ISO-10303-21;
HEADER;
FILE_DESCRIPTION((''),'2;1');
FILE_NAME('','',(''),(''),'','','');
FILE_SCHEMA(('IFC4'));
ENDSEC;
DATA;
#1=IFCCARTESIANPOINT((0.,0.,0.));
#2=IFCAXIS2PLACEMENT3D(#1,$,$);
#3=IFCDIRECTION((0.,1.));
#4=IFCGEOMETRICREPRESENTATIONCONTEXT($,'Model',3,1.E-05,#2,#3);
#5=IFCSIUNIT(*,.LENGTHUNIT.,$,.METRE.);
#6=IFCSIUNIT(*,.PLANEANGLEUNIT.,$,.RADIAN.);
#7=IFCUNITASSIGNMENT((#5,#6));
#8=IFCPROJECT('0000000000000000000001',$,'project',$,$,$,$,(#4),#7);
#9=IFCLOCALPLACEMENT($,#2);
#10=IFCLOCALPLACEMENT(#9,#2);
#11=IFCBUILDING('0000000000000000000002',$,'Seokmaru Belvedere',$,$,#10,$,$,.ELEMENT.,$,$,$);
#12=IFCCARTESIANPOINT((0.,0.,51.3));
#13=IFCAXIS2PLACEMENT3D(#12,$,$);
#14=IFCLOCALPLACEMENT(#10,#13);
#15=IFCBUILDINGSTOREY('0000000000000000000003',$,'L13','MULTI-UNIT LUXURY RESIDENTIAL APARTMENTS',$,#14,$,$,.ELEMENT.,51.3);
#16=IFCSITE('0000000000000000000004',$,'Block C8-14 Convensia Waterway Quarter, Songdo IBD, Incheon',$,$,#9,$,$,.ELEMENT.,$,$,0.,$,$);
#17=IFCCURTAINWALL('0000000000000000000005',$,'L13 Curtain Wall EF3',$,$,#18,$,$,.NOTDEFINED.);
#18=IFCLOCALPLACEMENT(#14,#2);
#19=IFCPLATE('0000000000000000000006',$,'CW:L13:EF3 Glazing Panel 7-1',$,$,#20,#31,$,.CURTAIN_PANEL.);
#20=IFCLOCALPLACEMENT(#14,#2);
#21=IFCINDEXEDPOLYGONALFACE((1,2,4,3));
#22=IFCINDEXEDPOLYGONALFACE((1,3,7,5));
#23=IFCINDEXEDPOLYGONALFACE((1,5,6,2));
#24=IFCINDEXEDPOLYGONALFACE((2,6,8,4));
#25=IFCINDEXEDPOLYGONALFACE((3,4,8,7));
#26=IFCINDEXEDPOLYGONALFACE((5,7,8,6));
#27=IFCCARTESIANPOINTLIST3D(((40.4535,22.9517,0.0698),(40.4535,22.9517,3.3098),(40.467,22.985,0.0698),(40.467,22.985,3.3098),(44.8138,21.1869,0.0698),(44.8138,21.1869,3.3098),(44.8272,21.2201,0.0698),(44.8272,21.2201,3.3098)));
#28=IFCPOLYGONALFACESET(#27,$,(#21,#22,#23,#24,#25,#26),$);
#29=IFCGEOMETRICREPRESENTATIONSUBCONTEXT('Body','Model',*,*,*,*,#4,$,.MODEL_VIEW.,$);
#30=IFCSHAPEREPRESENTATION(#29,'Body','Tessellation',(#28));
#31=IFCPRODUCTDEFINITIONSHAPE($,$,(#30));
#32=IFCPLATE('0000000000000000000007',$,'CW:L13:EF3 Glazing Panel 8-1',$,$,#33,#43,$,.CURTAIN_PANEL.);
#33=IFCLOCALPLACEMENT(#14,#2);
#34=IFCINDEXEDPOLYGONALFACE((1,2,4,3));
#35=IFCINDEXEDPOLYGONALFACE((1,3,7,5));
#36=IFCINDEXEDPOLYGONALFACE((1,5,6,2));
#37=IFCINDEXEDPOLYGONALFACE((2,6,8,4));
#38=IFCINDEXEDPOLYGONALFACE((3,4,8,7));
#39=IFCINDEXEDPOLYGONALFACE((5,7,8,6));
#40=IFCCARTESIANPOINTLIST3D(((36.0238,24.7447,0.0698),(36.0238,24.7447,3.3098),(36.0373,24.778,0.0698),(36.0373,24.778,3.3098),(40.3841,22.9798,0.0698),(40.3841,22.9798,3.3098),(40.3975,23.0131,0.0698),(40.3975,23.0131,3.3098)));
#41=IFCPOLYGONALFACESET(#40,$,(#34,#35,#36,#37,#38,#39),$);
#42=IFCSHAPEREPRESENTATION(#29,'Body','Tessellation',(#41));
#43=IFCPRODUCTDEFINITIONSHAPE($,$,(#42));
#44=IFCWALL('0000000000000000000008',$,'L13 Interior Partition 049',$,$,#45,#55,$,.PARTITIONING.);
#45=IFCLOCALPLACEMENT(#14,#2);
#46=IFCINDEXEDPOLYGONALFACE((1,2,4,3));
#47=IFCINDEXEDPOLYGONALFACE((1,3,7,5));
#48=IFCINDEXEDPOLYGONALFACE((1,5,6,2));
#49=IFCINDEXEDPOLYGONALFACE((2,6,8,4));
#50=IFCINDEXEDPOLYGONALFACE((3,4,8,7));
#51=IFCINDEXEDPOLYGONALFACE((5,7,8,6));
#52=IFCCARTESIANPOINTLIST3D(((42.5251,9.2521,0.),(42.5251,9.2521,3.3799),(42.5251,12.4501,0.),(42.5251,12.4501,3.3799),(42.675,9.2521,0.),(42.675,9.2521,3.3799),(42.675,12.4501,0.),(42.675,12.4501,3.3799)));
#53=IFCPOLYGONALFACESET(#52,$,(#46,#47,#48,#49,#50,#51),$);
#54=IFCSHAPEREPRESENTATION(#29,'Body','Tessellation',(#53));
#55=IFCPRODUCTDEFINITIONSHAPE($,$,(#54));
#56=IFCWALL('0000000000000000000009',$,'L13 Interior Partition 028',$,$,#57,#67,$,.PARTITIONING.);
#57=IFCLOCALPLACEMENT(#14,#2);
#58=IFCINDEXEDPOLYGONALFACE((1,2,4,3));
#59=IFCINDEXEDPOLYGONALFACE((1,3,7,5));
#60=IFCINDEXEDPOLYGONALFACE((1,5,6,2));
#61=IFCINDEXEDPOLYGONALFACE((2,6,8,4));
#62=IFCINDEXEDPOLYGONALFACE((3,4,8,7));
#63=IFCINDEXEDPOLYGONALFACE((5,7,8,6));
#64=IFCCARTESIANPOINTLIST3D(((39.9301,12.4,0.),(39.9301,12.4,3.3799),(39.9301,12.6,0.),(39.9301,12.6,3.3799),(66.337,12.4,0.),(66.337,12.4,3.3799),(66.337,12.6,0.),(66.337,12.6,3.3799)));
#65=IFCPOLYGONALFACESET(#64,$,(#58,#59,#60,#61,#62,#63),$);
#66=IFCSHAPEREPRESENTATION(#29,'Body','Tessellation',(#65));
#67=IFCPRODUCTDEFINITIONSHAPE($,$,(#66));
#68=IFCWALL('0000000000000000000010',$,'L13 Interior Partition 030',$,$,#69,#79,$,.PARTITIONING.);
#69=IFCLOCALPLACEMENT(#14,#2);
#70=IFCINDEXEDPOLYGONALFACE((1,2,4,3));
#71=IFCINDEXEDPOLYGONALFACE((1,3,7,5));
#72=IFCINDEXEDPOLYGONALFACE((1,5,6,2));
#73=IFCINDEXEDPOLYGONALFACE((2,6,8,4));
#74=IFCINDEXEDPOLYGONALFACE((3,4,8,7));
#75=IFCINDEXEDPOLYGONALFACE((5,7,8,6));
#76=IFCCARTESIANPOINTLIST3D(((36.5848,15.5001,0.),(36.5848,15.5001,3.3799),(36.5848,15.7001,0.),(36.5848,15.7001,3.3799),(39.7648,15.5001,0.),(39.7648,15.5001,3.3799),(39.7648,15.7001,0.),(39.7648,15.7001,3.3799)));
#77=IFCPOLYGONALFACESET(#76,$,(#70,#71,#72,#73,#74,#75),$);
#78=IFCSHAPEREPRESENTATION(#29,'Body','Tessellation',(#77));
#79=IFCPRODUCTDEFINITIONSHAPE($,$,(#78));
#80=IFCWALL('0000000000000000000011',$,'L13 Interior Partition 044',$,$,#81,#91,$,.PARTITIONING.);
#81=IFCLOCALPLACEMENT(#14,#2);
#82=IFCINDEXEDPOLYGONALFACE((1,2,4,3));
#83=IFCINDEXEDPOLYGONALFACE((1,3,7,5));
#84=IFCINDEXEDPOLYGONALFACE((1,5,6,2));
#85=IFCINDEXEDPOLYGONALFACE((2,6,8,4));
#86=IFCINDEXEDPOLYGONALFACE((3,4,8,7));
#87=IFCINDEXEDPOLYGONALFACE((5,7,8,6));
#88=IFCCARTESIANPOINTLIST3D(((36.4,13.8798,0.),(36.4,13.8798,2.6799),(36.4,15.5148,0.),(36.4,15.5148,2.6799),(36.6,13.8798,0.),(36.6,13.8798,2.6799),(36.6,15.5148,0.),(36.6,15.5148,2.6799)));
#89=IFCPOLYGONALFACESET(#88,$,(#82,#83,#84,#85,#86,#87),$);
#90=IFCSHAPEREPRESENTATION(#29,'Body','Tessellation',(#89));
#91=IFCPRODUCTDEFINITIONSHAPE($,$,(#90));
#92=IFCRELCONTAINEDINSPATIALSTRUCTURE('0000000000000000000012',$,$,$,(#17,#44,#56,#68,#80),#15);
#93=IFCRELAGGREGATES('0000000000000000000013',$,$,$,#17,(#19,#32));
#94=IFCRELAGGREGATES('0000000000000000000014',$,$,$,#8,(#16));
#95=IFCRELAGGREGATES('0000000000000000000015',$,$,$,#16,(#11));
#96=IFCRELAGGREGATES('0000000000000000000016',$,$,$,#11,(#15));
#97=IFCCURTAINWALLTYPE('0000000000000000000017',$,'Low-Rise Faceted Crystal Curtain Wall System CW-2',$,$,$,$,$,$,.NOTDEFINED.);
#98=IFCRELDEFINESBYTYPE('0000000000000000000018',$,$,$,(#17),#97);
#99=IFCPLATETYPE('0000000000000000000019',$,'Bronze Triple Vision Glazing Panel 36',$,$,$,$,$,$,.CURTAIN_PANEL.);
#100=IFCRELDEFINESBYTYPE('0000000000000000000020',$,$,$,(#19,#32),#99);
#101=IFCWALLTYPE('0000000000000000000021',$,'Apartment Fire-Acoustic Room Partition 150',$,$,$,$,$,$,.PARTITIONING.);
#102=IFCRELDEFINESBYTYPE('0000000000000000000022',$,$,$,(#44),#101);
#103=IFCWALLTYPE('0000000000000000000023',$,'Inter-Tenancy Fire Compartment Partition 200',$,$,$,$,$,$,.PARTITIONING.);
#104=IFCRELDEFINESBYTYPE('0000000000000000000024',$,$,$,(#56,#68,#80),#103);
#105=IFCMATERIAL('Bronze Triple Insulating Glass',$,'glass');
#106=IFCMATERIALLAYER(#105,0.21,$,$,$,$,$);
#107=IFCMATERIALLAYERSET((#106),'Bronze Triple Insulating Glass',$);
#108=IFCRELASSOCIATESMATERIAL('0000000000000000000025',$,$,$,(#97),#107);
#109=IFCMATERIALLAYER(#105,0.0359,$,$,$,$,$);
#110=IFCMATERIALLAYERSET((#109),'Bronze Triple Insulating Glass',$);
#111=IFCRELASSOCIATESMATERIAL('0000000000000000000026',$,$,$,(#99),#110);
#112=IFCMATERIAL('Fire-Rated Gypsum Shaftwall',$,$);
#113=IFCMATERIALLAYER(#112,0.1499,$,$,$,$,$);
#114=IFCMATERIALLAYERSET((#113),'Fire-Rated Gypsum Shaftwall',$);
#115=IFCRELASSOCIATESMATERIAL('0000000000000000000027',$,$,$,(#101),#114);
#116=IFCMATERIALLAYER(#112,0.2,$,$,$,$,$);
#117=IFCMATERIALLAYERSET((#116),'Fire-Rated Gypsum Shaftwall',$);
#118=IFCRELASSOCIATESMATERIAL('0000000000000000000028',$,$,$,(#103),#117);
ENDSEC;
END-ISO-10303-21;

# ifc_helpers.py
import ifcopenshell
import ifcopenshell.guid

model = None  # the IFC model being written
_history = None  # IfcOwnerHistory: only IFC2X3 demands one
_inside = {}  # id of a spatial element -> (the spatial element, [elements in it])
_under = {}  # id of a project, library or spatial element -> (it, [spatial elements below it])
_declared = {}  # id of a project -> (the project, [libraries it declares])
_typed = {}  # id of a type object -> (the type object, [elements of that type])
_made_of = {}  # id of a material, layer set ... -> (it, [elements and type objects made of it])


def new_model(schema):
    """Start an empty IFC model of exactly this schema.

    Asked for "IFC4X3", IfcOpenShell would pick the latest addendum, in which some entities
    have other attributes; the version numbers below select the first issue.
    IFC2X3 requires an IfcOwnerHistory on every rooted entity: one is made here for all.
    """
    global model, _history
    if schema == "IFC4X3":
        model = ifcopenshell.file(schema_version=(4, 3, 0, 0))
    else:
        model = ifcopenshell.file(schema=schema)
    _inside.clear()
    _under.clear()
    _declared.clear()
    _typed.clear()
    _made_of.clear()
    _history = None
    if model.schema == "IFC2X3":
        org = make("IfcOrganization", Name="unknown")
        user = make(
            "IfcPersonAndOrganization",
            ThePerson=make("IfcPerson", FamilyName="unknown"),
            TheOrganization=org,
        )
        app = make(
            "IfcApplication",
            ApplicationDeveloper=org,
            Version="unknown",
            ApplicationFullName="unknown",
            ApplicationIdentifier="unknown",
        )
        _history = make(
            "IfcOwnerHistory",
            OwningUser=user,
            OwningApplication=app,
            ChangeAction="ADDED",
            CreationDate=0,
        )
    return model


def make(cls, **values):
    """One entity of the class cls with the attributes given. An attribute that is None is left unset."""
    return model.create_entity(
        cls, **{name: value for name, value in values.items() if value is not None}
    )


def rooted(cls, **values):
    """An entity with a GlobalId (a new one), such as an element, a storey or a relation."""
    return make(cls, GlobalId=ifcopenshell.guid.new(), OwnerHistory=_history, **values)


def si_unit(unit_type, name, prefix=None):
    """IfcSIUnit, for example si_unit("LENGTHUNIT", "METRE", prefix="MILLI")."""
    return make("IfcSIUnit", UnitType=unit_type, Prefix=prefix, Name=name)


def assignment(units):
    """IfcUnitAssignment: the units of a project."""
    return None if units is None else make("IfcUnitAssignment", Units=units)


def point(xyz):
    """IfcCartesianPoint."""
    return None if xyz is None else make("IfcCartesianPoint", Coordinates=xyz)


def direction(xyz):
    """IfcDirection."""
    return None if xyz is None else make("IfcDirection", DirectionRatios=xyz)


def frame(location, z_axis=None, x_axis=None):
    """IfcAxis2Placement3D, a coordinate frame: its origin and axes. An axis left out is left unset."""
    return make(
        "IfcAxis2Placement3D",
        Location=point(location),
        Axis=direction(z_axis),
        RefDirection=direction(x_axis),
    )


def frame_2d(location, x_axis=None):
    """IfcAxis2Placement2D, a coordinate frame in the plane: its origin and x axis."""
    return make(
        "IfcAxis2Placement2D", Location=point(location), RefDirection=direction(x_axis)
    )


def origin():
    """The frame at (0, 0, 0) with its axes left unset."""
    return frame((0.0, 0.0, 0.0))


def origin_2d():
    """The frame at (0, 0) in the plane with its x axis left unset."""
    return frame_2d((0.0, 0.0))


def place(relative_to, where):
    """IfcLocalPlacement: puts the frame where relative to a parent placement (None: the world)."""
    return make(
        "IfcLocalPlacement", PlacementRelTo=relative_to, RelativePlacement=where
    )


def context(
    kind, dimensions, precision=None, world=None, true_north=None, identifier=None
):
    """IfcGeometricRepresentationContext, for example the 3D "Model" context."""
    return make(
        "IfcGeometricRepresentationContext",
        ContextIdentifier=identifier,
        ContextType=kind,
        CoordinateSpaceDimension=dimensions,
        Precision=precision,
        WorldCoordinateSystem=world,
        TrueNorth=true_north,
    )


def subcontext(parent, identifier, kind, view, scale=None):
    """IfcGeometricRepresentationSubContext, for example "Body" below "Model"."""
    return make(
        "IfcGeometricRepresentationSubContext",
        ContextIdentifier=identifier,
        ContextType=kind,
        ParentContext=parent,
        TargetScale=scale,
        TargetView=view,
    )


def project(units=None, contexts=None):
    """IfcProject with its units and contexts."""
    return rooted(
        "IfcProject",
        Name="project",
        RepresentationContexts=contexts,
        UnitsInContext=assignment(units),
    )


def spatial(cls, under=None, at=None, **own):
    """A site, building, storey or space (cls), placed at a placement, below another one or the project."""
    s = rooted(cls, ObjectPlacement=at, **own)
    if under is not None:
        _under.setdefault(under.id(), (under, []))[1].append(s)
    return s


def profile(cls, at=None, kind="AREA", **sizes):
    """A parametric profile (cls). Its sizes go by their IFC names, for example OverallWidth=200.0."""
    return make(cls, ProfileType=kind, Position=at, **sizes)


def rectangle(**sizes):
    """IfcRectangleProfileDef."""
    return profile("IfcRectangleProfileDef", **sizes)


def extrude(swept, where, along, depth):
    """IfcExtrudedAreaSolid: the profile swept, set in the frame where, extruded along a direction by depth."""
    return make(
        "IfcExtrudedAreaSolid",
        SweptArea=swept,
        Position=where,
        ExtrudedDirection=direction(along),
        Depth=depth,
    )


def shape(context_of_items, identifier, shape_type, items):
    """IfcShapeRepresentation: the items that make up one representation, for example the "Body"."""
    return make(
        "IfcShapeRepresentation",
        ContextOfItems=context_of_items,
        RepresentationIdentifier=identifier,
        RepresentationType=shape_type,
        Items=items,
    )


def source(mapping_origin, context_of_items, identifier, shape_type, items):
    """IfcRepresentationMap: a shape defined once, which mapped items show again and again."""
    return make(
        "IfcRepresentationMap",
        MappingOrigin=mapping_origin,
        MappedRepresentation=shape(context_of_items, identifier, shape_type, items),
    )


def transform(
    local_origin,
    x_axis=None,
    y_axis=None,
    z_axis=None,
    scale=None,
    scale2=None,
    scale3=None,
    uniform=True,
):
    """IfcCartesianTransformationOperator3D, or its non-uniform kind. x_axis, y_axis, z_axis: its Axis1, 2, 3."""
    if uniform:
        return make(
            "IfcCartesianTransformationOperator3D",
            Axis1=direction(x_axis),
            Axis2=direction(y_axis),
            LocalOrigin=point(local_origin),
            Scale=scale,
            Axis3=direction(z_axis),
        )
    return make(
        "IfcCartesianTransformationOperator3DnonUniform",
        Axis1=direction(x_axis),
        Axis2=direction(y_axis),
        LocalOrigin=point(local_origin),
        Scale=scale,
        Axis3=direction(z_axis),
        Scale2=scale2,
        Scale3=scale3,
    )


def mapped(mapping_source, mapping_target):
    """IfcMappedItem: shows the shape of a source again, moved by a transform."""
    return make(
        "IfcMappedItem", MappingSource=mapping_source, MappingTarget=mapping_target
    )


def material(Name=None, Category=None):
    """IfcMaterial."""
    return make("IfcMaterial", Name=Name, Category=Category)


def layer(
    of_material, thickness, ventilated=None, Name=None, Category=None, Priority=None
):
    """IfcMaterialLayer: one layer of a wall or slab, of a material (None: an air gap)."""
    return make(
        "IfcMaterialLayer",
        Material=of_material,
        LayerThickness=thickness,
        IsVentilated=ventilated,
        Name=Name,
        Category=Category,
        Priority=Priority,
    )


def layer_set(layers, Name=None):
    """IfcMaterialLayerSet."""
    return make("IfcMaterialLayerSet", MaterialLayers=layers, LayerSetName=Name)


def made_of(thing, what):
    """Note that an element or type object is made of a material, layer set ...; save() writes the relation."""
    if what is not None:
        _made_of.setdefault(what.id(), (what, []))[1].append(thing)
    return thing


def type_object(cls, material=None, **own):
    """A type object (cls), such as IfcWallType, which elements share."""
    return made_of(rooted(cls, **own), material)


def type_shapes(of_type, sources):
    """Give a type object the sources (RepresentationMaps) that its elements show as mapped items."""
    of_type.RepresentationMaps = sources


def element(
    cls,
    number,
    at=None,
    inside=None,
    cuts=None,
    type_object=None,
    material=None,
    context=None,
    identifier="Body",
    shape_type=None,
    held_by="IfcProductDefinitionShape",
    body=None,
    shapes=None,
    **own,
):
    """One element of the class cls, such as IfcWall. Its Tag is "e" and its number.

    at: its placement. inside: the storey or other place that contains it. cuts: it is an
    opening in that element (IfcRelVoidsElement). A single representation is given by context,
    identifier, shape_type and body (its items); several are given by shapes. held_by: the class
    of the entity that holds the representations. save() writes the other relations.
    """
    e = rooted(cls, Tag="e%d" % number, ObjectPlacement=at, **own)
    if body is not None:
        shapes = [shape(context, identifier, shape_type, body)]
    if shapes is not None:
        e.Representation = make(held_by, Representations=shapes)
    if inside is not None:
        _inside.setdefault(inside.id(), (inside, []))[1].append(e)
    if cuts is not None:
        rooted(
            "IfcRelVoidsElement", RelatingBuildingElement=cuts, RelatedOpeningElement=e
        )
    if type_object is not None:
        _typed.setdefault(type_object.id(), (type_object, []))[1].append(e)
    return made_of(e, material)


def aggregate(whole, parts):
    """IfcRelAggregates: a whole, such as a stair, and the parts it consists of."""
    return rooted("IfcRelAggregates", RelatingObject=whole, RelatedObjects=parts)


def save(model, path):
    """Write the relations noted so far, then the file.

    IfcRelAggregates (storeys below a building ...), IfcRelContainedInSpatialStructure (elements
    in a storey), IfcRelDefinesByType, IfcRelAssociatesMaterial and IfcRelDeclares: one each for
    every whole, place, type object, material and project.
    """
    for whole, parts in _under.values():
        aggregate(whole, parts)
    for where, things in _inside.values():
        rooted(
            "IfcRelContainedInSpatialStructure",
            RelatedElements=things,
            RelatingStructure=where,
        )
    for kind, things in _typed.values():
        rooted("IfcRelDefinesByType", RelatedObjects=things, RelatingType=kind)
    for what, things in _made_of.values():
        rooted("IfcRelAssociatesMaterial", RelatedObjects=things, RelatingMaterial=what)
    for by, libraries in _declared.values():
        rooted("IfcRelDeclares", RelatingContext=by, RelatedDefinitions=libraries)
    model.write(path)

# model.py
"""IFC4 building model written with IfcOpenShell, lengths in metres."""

from ifc_helpers import new_model, si_unit, direction, frame, frame_2d, origin, origin_2d, place, context, subcontext, project, spatial, rectangle, extrude, source, transform, mapped, material, layer, layer_set, type_object, type_shapes, element, aggregate, save


model = new_model("IFC4")

# Units and contexts
model_context = context("Model", 3, precision=1e-05, world=origin(), true_north=direction((0.0, 1.0)))
body_context = subcontext(model_context, "Body", "Model", "MODEL_VIEW")
ifc_project = project(units=[si_unit("LENGTHUNIT", "METRE"), si_unit("PLANEANGLEUNIT", "RADIAN")], contexts=[model_context])

# Site, building, storey
site_placement = place(None, origin())
site = spatial("IfcSite", under=ifc_project, at=site_placement, Name="Block C8-14 Convensia Waterway Quarter, Songdo IBD, Incheon", CompositionType="ELEMENT", RefElevation=0.0)
building_placement = place(site_placement, origin())
building = spatial("IfcBuilding", under=site, at=building_placement, Name="Seokmaru Belvedere", CompositionType="ELEMENT")
storey_placement = place(building_placement, frame((0.0, 0.0, 51.3)))
storey = spatial("IfcBuildingStorey", under=building, at=storey_placement, Name="L13", Description="MULTI-UNIT LUXURY RESIDENTIAL APARTMENTS", CompositionType="ELEMENT", Elevation=51.3)

# Curtain wall, plates
ifc_material_1 = material(Name="Bronze Triple Insulating Glass", Category="glass")
ifc_layer_1 = layer(ifc_material_1, 0.21)
ifc_layer_set_1 = layer_set([ifc_layer_1], Name="Bronze Triple Insulating Glass")
curtain_wall_type = type_object("IfcCurtainWallType", Name="Low-Rise Faceted Crystal Curtain Wall System CW-2", PredefinedType="NOTDEFINED", material=ifc_layer_set_1)
curtain_wall_placement = place(storey_placement, origin())
curtain_wall = element("IfcCurtainWall", 1, at=curtain_wall_placement, inside=storey, type_object=curtain_wall_type, Name="L13 Curtain Wall EF3", PredefinedType="NOTDEFINED")
ifc_layer_2 = layer(ifc_material_1, 0.0359)
ifc_layer_set_2 = layer_set([ifc_layer_2], Name="Bronze Triple Insulating Glass")
plate_type = type_object("IfcPlateType", Name="Bronze Triple Vision Glazing Panel 36", PredefinedType="CURTAIN_PANEL", material=ifc_layer_set_2)
shared_shape_1 = source(origin(), body_context, "Body", "SweptSolid", [
    extrude(rectangle(XDim=4.7039, YDim=0.0359, at=origin_2d()), origin(), (0.0, 0.0, 1.0), 3.24),
])
type_shapes(plate_type, [shared_shape_1])
plate_1_placement = place(storey_placement, frame((42.6404, 22.0859, 0.0698), z_axis=(0.0, 0.0, 1.0), x_axis=(-0.926947, 0.375192, 0.0)))
plate_1 = element("IfcPlate", 2, at=plate_1_placement, type_object=plate_type, Name="CW:L13:EF3 Glazing Panel 7-1", PredefinedType="CURTAIN_PANEL", context=body_context, shape_type="MappedRepresentation", body=[
    mapped(shared_shape_1, transform((0.0, 0.0, 0.0), scale=1.0)),
])
plate_2_placement = place(storey_placement, frame((38.2107, 23.8789, 0.0698), z_axis=(0.0, 0.0, 1.0), x_axis=(-0.926947, 0.375192, 0.0)))
plate_2 = element("IfcPlate", 3, at=plate_2_placement, type_object=plate_type, Name="CW:L13:EF3 Glazing Panel 8-1", PredefinedType="CURTAIN_PANEL", context=body_context, shape_type="MappedRepresentation", body=[
    mapped(shared_shape_1, transform((0.0, 0.0, 0.0), scale=1.0)),
])
aggregate(curtain_wall, [plate_1, plate_2])

# Walls
ifc_material_2 = material(Name="Fire-Rated Gypsum Shaftwall")
ifc_layer_3 = layer(ifc_material_2, 0.1499)
ifc_layer_set_3 = layer_set([ifc_layer_3], Name="Fire-Rated Gypsum Shaftwall")
wall_type_1 = type_object("IfcWallType", Name="Apartment Fire-Acoustic Room Partition 150", PredefinedType="PARTITIONING", material=ifc_layer_set_3)
wall_1_placement = place(storey_placement, frame((42.6001, 9.252, 0.0), z_axis=(0.0, 0.0, 1.0), x_axis=(0.0, 1.0, 0.0)))
element("IfcWall", 4, at=wall_1_placement, inside=storey, type_object=wall_type_1, Name="L13 Interior Partition 049", PredefinedType="PARTITIONING", context=body_context, shape_type="SweptSolid", body=[
    extrude(rectangle(XDim=3.198, YDim=0.1499, at=frame_2d((1.5991, 0.0))), origin(), (0.0, 0.0, 1.0), 3.3799),
])
ifc_layer_4 = layer(ifc_material_2, 0.2)
ifc_layer_set_4 = layer_set([ifc_layer_4], Name="Fire-Rated Gypsum Shaftwall")
wall_type_2 = type_object("IfcWallType", Name="Inter-Tenancy Fire Compartment Partition 200", PredefinedType="PARTITIONING", material=ifc_layer_set_4)
wall_2_placement = place(storey_placement, frame((39.9299, 12.5, 0.0), z_axis=(0.0, 0.0, 1.0), x_axis=(1.0, 0.0, 0.0)))
element("IfcWall", 5, at=wall_2_placement, inside=storey, type_object=wall_type_2, Name="L13 Interior Partition 028", PredefinedType="PARTITIONING", context=body_context, shape_type="SweptSolid", body=[
    extrude(rectangle(XDim=26.407, YDim=0.2, at=frame_2d((13.2036, 0.0))), origin(), (0.0, 0.0, 1.0), 3.3799),
])
wall_3_placement = place(storey_placement, frame((36.585, 15.6001, 0.0), z_axis=(0.0, 0.0, 1.0), x_axis=(1.0, 0.0, 0.0)))
element("IfcWall", 6, at=wall_3_placement, inside=storey, type_object=wall_type_2, Name="L13 Interior Partition 030", PredefinedType="PARTITIONING", context=body_context, shape_type="SweptSolid", body=[
    extrude(rectangle(XDim=3.1799, YDim=0.2, at=frame_2d((1.5898, 0.0))), origin(), (0.0, 0.0, 1.0), 3.3799),
])
wall_4_placement = place(storey_placement, frame((36.5, 13.8799, 0.0), z_axis=(0.0, 0.0, 1.0), x_axis=(0.0, 1.0, 0.0)))
element("IfcWall", 7, at=wall_4_placement, inside=storey, type_object=wall_type_2, Name="L13 Interior Partition 044", PredefinedType="PARTITIONING", context=body_context, shape_type="SweptSolid", body=[
    extrude(rectangle(XDim=1.635, YDim=0.2, at=frame_2d((0.8174, 0.0))), origin(), (0.0, 0.0, 1.0), 2.6799),
])

save(model, "model.ifc")
